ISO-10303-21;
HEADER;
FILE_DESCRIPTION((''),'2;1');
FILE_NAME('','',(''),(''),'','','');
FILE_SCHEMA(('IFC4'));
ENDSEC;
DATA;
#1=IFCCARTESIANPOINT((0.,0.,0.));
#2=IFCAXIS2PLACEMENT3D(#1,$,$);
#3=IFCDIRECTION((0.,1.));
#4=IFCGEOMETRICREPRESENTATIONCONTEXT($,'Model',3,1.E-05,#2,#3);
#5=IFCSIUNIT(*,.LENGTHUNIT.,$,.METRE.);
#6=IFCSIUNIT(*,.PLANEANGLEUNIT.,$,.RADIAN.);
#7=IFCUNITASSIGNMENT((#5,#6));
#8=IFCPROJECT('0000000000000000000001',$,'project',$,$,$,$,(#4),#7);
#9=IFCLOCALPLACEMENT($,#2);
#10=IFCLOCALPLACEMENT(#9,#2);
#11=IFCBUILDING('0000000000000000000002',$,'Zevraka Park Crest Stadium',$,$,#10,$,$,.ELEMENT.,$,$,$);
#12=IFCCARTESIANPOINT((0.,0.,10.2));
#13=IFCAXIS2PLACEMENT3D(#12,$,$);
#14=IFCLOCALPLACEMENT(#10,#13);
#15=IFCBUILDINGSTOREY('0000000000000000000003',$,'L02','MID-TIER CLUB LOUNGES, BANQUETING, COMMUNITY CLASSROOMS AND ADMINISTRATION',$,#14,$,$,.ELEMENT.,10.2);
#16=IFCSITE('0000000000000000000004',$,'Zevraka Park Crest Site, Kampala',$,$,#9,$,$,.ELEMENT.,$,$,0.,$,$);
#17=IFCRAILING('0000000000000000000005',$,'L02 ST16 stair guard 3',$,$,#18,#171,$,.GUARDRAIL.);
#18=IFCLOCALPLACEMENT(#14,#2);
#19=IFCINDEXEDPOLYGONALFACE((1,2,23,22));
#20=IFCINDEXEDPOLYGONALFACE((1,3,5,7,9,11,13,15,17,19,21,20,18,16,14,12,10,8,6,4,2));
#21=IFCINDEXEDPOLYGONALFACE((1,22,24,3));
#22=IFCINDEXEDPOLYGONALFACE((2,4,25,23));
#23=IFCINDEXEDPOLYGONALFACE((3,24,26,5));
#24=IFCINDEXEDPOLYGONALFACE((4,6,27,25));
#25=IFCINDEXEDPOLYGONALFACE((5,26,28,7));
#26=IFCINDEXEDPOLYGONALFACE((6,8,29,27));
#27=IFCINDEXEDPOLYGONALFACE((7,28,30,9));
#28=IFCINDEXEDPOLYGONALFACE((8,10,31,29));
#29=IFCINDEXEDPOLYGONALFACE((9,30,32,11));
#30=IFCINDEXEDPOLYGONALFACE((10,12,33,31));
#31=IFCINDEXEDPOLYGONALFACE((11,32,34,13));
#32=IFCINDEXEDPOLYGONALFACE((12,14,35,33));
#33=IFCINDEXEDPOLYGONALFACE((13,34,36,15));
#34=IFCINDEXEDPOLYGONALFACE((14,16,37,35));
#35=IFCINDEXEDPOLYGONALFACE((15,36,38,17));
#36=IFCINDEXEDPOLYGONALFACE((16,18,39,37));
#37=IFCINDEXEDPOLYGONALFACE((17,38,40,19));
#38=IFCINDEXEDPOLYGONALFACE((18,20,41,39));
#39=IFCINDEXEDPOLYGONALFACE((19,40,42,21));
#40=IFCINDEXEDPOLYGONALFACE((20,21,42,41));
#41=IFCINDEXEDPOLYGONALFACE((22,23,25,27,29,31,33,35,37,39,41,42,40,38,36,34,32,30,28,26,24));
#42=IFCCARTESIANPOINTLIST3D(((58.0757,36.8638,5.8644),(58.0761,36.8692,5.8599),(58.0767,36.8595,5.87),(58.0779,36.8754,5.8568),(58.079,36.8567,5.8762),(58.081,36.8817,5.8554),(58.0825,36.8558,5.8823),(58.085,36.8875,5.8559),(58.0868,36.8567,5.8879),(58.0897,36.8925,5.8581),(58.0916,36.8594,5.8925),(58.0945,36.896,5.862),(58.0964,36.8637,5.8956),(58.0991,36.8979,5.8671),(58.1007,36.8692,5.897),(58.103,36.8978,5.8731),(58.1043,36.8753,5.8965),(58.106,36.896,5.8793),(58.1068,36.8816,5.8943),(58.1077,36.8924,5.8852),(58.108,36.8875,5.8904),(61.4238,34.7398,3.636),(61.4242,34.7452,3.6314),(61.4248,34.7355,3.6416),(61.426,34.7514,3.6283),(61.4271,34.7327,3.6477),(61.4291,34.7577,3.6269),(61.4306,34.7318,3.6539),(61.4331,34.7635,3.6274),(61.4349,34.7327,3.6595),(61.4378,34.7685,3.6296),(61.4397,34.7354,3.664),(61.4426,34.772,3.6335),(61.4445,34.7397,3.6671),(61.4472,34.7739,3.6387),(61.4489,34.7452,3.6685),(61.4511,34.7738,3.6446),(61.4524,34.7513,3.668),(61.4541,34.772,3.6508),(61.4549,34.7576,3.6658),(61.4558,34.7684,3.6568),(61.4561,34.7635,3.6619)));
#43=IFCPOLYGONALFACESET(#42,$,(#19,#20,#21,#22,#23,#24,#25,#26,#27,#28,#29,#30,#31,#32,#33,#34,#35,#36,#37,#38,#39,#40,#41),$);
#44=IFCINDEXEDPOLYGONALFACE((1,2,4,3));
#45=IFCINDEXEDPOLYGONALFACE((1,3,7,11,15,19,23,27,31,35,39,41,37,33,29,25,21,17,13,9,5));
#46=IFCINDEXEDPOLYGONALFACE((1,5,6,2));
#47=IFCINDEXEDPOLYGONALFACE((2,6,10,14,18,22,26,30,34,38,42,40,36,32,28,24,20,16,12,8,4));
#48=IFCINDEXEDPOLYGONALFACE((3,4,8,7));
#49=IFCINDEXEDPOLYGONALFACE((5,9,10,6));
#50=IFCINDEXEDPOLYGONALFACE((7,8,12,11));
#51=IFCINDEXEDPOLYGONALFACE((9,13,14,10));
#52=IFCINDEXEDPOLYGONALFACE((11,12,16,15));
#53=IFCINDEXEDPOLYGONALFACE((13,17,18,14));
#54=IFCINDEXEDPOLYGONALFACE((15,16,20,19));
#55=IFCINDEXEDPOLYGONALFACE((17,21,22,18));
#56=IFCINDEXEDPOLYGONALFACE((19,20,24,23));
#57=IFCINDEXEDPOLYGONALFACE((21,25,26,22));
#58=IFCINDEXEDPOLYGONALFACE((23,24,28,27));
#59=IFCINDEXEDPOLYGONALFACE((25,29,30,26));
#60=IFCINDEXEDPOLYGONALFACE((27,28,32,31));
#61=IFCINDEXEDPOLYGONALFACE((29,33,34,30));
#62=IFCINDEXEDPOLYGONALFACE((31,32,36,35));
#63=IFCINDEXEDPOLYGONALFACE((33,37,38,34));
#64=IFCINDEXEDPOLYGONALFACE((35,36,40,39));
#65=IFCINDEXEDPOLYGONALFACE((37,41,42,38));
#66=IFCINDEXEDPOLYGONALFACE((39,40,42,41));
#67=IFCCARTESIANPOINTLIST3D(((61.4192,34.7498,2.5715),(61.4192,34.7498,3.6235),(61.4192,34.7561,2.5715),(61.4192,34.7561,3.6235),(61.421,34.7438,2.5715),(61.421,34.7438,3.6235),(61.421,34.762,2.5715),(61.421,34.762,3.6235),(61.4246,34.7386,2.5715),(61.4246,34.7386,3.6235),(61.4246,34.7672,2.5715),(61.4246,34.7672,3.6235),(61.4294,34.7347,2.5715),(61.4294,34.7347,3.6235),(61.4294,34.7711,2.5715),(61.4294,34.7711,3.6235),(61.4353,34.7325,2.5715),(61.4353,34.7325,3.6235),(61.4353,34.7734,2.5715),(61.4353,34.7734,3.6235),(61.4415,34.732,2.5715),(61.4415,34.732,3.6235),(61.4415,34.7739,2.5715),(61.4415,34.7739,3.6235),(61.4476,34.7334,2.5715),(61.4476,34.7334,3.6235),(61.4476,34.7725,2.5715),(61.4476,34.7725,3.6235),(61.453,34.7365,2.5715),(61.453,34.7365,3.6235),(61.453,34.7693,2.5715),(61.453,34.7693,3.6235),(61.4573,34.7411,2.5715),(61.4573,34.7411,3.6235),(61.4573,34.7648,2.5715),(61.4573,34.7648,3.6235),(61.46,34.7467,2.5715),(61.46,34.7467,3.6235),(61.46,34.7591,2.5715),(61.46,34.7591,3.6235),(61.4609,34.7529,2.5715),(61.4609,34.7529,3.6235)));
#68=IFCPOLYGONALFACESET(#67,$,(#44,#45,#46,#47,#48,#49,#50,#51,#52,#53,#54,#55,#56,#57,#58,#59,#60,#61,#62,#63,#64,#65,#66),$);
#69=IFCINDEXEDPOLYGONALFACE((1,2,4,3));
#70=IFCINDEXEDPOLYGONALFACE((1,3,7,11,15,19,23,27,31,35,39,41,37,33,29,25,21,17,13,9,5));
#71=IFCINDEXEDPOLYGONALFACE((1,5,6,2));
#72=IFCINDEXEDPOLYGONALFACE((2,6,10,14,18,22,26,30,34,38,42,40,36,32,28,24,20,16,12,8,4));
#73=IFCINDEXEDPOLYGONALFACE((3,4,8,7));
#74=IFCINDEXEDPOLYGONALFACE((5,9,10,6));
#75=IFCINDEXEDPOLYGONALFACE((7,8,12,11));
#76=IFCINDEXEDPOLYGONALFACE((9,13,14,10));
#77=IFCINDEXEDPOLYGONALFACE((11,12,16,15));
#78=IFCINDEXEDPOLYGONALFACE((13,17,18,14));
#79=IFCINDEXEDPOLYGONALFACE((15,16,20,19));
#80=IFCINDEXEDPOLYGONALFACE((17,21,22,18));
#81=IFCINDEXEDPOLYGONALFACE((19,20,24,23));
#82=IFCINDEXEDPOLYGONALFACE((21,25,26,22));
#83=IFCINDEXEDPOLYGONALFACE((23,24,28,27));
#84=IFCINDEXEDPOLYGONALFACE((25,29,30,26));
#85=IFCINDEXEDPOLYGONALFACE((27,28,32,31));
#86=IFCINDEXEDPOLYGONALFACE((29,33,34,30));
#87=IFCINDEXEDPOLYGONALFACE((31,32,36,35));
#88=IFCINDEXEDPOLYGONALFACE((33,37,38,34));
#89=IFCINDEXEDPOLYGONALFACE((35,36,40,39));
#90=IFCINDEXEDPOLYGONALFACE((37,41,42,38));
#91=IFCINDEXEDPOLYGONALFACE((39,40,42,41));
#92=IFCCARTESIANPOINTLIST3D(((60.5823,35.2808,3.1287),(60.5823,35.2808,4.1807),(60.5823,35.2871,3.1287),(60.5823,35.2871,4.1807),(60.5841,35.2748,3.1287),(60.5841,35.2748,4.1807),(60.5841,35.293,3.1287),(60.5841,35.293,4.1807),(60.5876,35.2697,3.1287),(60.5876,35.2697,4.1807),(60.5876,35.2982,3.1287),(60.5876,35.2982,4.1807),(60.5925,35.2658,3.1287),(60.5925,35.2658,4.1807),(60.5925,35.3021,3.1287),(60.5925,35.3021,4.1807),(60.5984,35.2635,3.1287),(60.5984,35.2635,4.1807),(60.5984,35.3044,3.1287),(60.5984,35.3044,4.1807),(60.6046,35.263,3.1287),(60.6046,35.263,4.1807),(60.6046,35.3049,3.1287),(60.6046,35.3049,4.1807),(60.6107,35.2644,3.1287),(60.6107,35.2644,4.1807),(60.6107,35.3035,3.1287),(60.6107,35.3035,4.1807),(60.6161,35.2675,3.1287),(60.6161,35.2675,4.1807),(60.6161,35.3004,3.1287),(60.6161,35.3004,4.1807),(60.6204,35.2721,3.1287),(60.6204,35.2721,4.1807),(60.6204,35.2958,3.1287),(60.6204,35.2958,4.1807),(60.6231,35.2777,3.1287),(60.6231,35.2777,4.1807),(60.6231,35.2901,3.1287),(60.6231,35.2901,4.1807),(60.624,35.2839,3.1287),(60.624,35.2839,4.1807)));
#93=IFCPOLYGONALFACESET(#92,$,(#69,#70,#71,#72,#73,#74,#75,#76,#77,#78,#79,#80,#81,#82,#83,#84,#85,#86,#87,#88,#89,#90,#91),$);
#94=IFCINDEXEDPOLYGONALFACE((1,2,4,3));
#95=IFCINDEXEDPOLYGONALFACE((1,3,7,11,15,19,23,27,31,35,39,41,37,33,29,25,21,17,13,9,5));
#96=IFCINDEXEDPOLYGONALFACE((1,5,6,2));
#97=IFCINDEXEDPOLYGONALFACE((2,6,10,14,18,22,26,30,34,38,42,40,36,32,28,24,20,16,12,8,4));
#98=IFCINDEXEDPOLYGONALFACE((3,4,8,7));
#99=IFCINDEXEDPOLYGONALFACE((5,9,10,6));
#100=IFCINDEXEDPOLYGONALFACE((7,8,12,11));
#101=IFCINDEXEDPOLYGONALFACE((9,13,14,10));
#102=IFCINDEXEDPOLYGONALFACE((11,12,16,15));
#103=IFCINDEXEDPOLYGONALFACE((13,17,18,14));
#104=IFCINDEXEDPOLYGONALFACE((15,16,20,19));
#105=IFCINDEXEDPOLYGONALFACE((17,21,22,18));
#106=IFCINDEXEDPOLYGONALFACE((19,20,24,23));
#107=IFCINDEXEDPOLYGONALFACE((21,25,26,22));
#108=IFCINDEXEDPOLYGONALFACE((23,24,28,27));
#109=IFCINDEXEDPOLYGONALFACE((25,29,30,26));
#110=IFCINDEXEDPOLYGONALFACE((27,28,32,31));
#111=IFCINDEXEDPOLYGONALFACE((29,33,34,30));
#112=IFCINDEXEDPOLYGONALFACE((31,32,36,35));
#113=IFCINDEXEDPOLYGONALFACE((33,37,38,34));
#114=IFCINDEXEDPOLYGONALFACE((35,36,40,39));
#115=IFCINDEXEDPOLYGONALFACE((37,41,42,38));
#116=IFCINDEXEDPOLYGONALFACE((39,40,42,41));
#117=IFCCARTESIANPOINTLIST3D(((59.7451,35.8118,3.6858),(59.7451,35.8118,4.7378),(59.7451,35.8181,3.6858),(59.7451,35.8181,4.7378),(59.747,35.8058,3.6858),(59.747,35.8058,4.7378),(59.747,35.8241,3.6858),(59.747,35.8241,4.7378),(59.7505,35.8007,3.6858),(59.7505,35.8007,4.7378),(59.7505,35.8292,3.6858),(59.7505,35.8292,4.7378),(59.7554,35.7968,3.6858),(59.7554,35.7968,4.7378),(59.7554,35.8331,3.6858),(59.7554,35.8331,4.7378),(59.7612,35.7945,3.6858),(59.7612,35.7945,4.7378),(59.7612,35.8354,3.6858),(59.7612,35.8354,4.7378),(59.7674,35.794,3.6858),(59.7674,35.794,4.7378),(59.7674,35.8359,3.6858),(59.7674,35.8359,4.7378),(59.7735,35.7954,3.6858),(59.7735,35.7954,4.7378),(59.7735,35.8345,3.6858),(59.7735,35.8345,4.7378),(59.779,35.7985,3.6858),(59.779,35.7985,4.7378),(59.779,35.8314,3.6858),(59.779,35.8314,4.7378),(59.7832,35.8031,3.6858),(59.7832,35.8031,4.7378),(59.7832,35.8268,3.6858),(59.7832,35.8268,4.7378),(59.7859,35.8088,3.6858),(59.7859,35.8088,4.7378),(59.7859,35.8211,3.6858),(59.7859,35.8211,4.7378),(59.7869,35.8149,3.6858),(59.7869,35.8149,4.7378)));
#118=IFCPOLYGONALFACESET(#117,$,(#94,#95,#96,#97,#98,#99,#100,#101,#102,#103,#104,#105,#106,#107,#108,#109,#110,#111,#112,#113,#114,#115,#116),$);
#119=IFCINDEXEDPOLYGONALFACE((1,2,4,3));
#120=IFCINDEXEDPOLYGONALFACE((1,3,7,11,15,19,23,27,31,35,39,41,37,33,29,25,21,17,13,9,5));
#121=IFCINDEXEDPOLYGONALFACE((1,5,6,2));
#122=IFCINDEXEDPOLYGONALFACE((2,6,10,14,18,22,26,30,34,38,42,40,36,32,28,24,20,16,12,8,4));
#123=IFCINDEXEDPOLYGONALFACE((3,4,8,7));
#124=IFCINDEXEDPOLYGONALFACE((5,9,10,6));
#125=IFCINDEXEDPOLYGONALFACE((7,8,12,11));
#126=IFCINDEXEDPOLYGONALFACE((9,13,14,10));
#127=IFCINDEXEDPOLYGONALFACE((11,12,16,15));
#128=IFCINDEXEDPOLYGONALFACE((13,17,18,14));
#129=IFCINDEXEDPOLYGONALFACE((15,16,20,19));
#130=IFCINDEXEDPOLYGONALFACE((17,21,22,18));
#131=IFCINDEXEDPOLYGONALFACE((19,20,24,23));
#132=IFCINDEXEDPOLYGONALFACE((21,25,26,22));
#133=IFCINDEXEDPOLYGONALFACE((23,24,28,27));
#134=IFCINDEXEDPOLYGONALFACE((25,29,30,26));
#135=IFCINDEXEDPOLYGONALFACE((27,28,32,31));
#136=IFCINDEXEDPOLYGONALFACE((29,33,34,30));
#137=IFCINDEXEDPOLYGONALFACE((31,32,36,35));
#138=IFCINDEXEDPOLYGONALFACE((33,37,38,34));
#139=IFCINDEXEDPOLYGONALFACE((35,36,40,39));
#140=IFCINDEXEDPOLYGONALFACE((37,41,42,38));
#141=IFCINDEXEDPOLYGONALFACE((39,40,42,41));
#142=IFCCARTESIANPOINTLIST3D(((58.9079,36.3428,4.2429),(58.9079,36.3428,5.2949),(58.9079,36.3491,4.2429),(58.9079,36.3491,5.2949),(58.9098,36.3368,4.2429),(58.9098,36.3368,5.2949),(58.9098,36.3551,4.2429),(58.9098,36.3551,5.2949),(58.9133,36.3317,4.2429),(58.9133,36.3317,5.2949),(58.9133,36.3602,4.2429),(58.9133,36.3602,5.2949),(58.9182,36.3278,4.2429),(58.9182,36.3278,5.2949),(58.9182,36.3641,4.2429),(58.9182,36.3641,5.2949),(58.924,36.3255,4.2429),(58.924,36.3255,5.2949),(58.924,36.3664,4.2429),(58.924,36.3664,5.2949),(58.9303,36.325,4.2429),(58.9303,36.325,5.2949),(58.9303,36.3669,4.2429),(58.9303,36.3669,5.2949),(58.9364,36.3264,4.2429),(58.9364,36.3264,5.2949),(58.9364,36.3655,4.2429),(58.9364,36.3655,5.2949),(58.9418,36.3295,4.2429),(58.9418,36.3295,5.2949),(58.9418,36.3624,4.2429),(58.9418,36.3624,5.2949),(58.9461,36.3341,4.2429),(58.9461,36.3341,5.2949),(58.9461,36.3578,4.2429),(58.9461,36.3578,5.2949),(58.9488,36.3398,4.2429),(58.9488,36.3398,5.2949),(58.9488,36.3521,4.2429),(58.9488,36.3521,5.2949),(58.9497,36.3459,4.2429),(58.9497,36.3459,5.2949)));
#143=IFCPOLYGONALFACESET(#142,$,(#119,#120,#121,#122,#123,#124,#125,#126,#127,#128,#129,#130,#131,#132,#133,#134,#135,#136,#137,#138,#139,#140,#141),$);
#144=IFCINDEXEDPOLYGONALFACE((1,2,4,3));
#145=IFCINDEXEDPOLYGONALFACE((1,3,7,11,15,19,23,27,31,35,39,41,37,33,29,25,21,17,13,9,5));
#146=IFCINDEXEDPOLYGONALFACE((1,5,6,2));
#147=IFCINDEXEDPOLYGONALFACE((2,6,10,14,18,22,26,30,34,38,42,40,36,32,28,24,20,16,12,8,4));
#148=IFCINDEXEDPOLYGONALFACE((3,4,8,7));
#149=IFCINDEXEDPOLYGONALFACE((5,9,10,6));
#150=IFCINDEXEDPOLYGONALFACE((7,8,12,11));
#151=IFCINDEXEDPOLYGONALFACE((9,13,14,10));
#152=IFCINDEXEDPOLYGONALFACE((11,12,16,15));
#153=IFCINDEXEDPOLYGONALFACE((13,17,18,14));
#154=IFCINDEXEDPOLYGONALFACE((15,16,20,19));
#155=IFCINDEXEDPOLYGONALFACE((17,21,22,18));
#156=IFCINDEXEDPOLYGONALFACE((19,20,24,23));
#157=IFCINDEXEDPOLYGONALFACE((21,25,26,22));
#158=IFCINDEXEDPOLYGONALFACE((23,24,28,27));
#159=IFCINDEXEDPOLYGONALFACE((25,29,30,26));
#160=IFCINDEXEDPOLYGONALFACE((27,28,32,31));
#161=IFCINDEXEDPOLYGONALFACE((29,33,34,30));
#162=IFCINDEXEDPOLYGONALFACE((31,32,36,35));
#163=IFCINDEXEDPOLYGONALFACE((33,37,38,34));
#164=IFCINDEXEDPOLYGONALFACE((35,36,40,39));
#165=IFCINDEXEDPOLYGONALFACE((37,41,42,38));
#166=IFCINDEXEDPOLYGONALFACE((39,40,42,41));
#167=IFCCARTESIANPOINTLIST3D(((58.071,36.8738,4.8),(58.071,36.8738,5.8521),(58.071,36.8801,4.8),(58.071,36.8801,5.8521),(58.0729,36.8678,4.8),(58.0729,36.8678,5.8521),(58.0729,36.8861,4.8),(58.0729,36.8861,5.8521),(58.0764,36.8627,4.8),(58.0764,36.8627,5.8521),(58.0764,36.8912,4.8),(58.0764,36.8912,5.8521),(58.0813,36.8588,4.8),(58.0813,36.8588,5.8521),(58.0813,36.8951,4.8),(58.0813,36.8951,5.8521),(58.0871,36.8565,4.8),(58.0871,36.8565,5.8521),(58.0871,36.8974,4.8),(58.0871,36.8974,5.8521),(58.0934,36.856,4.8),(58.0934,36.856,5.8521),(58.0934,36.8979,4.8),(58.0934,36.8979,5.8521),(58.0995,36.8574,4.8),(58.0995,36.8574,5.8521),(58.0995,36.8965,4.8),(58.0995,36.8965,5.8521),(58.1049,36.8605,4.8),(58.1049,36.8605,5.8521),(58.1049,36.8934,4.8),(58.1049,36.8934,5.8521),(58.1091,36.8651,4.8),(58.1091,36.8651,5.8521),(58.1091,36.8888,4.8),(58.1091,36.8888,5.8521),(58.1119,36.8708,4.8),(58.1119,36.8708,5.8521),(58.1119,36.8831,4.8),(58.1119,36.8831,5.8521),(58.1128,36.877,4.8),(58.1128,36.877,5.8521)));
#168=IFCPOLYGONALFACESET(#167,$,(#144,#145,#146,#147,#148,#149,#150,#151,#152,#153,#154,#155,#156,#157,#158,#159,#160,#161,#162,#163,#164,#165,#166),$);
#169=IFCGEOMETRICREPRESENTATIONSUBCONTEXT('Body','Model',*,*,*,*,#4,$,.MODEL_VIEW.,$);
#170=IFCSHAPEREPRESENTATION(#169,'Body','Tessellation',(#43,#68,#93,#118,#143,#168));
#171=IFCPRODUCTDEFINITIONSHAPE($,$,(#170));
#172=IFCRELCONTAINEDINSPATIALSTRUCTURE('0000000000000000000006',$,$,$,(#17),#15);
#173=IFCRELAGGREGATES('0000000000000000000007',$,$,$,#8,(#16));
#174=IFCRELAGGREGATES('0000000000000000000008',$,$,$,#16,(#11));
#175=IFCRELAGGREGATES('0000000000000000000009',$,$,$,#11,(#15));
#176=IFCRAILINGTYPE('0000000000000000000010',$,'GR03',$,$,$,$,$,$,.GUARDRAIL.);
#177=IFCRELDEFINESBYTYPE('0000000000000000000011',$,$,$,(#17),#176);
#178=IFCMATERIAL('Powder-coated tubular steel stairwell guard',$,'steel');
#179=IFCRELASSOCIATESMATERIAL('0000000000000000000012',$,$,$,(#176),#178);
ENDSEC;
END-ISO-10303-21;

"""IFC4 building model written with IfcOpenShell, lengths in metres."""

from ifc_helpers import new_model, si_unit, direction, frame, origin, origin_2d, place, context, subcontext, project, spatial, circle, extrude, material, type_object, element, save


model = new_model("IFC4")

# Units and contexts
model_context = context("Model", 3, precision=1e-05, world=origin(), true_north=direction((0.0, 1.0)))
body_context = subcontext(model_context, "Body", "Model", "MODEL_VIEW")
ifc_project = project(units=[si_unit("LENGTHUNIT", "METRE"), si_unit("PLANEANGLEUNIT", "RADIAN")], contexts=[model_context])

# Site, building, storey
site_placement = place(None, origin())
site = spatial("IfcSite", under=ifc_project, at=site_placement, Name="Zevraka Park Crest Site, Kampala", CompositionType="ELEMENT", RefElevation=0.0)
building_placement = place(site_placement, origin())
building = spatial("IfcBuilding", under=site, at=building_placement, Name="Zevraka Park Crest Stadium", CompositionType="ELEMENT")
storey_placement = place(building_placement, frame((0.0, 0.0, 10.2)))
storey = spatial("IfcBuildingStorey", under=building, at=storey_placement, Name="L02", Description="MID-TIER CLUB LOUNGES, BANQUETING, COMMUNITY CLASSROOMS AND ADMINISTRATION", CompositionType="ELEMENT", Elevation=10.2)

# Railing
ifc_material_1 = material(Name="Powder-coated tubular steel stairwell guard", Category="steel")
railing_type_1 = type_object("IfcRailingType", Name="GR03", PredefinedType="GUARDRAIL", material=ifc_material_1)
railing_1_placement = place(storey_placement, frame((61.4399, 34.7529, 2.5715)))
element("IfcRailing", 1, at=railing_1_placement, inside=storey, type_object=railing_type_1, Name="L02 ST16 stair guard 3", PredefinedType="GUARDRAIL", context=body_context, shape_type="SweptSolid", body=[
    extrude(circle(Radius=0.0239, at=origin_2d()), frame((0.0, 0.0, 1.0762), z_axis=(-0.736117, 0.466984, 0.489957), x_axis=(-0.535688, -0.844416, 0.0)), (0.0, 0.0, 1.0), 4.5483),
    extrude(circle(Radius=0.021, at=origin_2d()), origin(), (0.0, 0.0, 1.0), 1.052),
    extrude(circle(Radius=0.021, at=origin_2d()), frame((-0.8369, 0.531, 0.5571)), (0.0, 0.0, 1.0), 1.052),
    extrude(circle(Radius=0.021, at=origin_2d()), frame((-1.6741, 1.062, 1.1143)), (0.0, 0.0, 1.0), 1.052),
    extrude(circle(Radius=0.021, at=origin_2d()), frame((-2.5112, 1.593, 1.6714)), (0.0, 0.0, 1.0), 1.052),
    extrude(circle(Radius=0.021, at=origin_2d()), frame((-3.3481, 2.124, 2.2285)), (0.0, 0.0, 1.0), 1.052),
])

save(model, "model.ifc")
